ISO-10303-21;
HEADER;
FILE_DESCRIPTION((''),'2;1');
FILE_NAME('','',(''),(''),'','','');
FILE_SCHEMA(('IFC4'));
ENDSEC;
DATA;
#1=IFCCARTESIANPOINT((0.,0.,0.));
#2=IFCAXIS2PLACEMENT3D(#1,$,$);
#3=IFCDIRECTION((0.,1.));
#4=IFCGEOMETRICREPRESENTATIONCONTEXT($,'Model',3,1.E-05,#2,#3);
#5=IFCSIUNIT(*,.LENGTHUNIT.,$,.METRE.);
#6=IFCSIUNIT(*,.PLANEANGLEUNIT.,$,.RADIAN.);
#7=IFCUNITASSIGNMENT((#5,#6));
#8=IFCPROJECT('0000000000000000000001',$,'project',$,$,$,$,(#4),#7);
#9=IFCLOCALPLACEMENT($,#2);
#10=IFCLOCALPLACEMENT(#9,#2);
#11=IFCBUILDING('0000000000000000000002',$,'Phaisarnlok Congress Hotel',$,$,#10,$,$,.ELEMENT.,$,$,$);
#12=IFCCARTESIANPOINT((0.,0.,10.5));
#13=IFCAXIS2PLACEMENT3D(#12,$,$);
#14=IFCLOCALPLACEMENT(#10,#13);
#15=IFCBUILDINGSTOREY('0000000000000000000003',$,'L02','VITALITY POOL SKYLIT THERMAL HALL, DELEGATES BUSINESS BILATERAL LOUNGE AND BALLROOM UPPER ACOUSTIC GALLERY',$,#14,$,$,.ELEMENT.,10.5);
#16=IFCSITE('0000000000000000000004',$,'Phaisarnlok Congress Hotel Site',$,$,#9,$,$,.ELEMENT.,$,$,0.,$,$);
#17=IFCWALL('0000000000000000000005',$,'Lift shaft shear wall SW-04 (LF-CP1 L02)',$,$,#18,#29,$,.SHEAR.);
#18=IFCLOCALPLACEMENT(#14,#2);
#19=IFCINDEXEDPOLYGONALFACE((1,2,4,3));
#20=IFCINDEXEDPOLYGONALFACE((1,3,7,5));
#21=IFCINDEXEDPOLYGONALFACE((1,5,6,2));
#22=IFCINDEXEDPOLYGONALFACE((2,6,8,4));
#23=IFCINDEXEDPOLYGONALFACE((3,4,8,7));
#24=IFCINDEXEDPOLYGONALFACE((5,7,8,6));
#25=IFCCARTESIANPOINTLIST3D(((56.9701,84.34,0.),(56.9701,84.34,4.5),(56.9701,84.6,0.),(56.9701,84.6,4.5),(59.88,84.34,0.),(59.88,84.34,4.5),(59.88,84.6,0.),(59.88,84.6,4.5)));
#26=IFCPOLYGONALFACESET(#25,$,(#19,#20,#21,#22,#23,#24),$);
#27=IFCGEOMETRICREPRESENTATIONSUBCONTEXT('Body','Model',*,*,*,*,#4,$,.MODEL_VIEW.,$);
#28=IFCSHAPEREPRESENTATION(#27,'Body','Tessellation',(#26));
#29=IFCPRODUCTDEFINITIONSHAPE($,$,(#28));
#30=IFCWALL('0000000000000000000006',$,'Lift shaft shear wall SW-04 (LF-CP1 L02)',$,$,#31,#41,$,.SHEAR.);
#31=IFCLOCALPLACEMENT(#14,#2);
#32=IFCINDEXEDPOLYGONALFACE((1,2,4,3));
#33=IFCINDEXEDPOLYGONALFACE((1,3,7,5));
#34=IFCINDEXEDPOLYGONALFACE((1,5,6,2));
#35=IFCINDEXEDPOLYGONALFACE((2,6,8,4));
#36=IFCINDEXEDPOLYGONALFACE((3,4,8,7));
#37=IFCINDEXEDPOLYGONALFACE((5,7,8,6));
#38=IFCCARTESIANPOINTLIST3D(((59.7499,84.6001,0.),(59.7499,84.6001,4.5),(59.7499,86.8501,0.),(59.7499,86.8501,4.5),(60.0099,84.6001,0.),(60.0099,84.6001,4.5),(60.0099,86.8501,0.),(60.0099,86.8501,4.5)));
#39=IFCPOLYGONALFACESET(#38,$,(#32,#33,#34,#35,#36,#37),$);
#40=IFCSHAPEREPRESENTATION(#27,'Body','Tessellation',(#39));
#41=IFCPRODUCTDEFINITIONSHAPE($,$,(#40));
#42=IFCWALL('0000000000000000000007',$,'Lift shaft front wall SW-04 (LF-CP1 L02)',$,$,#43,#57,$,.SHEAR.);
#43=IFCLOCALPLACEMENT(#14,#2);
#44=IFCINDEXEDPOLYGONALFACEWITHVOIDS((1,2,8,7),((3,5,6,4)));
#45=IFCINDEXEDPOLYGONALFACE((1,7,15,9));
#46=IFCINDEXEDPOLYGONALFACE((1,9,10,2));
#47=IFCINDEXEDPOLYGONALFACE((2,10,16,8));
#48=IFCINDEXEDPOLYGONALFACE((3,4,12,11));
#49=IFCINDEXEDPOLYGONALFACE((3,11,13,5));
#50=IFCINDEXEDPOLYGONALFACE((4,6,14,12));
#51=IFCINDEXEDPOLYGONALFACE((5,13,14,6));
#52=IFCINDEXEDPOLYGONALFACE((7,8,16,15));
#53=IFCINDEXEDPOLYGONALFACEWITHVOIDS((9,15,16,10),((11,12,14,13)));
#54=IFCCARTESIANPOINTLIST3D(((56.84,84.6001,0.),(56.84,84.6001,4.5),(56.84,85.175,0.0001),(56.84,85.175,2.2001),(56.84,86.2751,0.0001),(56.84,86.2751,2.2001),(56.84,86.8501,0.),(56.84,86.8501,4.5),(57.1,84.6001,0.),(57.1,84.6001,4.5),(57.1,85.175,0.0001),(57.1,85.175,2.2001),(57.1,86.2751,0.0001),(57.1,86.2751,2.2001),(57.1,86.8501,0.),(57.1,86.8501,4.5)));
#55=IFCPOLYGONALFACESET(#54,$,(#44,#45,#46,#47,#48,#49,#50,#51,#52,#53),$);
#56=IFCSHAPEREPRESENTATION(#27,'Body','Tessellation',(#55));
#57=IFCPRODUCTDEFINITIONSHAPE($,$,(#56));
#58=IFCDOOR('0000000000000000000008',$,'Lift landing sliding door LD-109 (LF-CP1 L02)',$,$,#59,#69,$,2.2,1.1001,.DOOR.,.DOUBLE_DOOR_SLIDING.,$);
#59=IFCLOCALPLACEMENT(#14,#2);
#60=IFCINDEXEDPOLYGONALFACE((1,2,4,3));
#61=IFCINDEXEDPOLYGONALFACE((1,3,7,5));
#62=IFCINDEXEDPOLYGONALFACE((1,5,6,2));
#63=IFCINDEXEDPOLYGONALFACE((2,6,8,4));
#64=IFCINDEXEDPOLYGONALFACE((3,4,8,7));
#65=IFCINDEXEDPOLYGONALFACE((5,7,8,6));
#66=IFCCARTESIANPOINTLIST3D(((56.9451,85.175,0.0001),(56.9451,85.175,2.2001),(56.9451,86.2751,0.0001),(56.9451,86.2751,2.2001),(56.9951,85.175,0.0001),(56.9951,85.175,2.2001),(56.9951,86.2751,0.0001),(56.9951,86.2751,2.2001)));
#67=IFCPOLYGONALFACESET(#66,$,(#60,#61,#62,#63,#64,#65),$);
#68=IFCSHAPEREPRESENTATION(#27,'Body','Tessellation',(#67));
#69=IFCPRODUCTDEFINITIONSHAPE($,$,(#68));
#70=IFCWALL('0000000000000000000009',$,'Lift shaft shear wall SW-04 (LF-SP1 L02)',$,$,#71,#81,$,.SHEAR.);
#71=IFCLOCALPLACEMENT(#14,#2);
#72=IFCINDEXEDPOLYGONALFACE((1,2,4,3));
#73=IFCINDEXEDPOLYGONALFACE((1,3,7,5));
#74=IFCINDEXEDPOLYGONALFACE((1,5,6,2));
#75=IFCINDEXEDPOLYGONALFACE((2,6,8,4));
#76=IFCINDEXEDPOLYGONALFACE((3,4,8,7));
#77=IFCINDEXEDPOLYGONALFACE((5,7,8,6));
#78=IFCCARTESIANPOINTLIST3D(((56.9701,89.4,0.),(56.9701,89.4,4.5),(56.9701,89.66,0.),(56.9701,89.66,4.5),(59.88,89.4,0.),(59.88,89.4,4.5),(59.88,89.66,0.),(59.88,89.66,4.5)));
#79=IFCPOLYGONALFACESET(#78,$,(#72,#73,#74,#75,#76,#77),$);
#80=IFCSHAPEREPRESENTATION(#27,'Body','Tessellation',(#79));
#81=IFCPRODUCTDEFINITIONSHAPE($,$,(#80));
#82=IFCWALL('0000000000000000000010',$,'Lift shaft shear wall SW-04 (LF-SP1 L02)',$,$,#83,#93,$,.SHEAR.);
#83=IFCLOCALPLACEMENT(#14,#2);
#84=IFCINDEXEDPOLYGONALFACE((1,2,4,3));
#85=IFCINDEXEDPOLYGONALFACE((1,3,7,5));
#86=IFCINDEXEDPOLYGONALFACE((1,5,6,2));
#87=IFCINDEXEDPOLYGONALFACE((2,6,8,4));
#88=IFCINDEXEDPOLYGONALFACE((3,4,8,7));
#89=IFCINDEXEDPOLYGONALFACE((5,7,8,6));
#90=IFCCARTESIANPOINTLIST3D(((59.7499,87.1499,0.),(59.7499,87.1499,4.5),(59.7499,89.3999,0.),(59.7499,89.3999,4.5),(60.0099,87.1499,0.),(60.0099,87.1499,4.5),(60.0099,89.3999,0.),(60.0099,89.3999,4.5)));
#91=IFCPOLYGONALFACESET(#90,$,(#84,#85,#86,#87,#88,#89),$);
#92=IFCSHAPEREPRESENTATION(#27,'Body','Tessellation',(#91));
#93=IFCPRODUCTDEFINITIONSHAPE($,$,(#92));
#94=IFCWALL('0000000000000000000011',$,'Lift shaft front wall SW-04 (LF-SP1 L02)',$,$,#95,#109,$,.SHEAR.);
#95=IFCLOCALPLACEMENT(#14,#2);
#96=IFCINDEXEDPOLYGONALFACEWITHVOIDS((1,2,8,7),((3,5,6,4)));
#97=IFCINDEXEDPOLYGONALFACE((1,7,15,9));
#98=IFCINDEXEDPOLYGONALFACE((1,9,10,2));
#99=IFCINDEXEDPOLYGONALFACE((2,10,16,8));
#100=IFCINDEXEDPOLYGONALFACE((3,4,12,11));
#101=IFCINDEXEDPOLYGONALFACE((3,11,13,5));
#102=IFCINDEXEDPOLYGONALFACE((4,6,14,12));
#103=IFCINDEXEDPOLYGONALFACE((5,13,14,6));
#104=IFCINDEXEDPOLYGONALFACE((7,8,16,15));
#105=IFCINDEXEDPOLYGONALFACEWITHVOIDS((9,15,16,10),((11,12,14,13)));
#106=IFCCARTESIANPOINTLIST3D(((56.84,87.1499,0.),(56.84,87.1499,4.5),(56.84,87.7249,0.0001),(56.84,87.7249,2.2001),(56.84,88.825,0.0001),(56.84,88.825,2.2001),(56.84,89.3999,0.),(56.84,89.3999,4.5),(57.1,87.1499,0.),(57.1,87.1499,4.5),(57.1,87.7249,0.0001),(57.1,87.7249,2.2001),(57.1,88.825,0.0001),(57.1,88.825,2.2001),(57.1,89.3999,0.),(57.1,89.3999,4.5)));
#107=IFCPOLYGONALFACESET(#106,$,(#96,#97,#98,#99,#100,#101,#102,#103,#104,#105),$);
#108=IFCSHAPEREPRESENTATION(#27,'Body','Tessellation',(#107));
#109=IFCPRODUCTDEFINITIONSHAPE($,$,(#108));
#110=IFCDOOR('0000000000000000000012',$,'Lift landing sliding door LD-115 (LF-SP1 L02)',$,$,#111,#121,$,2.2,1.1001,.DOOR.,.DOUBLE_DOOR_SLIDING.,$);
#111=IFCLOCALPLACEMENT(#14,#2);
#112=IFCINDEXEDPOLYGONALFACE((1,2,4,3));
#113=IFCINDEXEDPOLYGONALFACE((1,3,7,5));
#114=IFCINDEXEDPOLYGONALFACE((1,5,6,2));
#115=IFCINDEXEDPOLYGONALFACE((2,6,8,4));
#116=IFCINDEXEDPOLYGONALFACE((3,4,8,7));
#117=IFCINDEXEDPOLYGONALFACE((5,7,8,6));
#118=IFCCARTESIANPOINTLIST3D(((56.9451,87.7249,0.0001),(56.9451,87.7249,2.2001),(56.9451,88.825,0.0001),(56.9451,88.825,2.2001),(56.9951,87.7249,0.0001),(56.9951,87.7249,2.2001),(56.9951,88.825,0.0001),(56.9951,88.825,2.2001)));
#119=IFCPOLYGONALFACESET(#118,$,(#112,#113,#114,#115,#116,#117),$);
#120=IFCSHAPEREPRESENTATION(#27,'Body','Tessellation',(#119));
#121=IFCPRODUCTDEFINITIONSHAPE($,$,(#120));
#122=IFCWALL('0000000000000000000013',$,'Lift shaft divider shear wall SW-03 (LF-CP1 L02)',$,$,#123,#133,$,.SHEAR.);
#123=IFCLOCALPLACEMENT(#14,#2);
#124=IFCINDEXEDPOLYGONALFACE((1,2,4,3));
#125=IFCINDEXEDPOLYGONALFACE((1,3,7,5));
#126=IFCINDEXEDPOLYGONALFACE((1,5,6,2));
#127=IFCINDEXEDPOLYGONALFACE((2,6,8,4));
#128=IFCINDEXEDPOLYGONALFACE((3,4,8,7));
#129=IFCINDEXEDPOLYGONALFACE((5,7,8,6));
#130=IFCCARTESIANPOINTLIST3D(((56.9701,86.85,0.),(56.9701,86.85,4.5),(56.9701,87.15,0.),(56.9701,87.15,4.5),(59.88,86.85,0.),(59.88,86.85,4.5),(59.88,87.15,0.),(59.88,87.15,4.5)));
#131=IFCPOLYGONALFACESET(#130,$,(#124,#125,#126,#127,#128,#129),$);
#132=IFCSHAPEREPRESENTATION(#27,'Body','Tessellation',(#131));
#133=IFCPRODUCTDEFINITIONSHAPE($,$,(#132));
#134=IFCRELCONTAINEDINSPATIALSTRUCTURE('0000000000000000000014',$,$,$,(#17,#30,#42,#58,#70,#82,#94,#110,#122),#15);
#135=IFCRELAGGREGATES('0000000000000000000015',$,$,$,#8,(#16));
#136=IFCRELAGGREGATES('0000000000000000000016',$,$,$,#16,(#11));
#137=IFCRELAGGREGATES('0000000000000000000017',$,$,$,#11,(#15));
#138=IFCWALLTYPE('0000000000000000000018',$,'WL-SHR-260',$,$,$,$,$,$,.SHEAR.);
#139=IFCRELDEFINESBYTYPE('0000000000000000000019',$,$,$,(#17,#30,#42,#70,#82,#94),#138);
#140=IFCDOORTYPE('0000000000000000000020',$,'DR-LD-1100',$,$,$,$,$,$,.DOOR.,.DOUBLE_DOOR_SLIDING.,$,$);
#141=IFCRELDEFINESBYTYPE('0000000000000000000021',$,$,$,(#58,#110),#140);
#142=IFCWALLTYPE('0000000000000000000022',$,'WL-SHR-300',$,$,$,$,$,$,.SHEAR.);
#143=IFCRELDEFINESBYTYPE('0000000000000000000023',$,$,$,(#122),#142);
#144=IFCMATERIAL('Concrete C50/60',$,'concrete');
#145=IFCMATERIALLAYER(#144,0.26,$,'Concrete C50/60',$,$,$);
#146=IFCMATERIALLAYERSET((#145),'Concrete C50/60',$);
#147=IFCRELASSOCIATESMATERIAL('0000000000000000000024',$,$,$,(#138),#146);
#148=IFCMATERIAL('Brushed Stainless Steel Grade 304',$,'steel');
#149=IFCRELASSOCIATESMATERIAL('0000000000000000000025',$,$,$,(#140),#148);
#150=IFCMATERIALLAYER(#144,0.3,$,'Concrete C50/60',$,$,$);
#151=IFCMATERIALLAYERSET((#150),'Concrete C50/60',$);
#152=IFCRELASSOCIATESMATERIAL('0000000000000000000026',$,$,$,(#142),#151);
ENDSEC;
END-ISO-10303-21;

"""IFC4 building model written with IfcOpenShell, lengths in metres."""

from ifc_helpers import new_model, si_unit, direction, frame, frame_2d, origin, place, context, subcontext, project, spatial, rectangle, extrude, material, layer, layer_set, type_object, element, fill, save


model = new_model("IFC4")

# Units and contexts
model_context = context("Model", 3, precision=1e-05, world=origin(), true_north=direction((0.0, 1.0)))
body_context = subcontext(model_context, "Body", "Model", "MODEL_VIEW")
ifc_project = project(units=[si_unit("LENGTHUNIT", "METRE"), si_unit("PLANEANGLEUNIT", "RADIAN")], contexts=[model_context])

# Site, building, storey
site_placement = place(None, origin())
site = spatial("IfcSite", under=ifc_project, at=site_placement, Name="Phaisarnlok Congress Hotel Site", CompositionType="ELEMENT", RefElevation=0.0)
building_placement = place(site_placement, origin())
building = spatial("IfcBuilding", under=site, at=building_placement, Name="Phaisarnlok Congress Hotel", CompositionType="ELEMENT")
storey_placement = place(building_placement, frame((0.0, 0.0, 10.5)))
storey = spatial("IfcBuildingStorey", under=building, at=storey_placement, Name="L02", Description="VITALITY POOL SKYLIT THERMAL HALL, DELEGATES BUSINESS BILATERAL LOUNGE AND BALLROOM UPPER ACOUSTIC GALLERY", CompositionType="ELEMENT", Elevation=10.5)

# Shared definitions
ifc_material_1 = material(Name="Concrete C50/60", Category="concrete")

# Walls
ifc_layer_1 = layer(ifc_material_1, 0.26, Name="Concrete C50/60")
ifc_layer_set_1 = layer_set([ifc_layer_1], Name="Concrete C50/60")
wall_type_1 = type_object("IfcWallType", Name="WL-SHR-260", PredefinedType="SHEAR", material=ifc_layer_set_1)
wall_1_placement = place(storey_placement, frame((56.97, 84.47, 0.0), z_axis=(0.0, 0.0, 1.0), x_axis=(1.0, 0.0, 0.0)))
element("IfcWall", 1, at=wall_1_placement, inside=storey, type_object=wall_type_1, Name="Lift shaft shear wall SW-04 (LF-CP1 L02)", PredefinedType="SHEAR", context=body_context, shape_type="SweptSolid", body=[
    extrude(rectangle(XDim=2.9099, YDim=0.26, at=frame_2d((1.4551, 0.0))), origin(), (0.0, 0.0, 1.0), 4.5),
])
wall_2_placement = place(storey_placement, frame((59.8799, 84.6001, 0.0), z_axis=(0.0, 0.0, 1.0), x_axis=(0.0, 1.0, 0.0)))
element("IfcWall", 2, at=wall_2_placement, inside=storey, type_object=wall_type_1, Name="Lift shaft shear wall SW-04 (LF-CP1 L02)", PredefinedType="SHEAR", context=body_context, shape_type="SweptSolid", body=[
    extrude(rectangle(XDim=2.25, YDim=0.26, at=frame_2d((1.125, 0.0))), origin(), (0.0, 0.0, 1.0), 4.5),
])

# Wall, opening, door
wall_3_placement = place(storey_placement, frame((56.97, 84.6001, 0.0), z_axis=(0.0, 0.0, 1.0), x_axis=(0.0, 1.0, 0.0)))
wall_3 = element("IfcWall", 3, at=wall_3_placement, inside=storey, type_object=wall_type_1, Name="Lift shaft front wall SW-04 (LF-CP1 L02)", PredefinedType="SHEAR", context=body_context, shape_type="SweptSolid", body=[
    extrude(rectangle(XDim=2.25, YDim=0.26, at=frame_2d((1.125, 0.0))), origin(), (0.0, 0.0, 1.0), 4.5),
])
opening_1_placement = place(wall_3_placement, frame((0.575, 0.0, 0.0)))
opening_1 = element("IfcOpeningElement", 4, at=opening_1_placement, cuts=wall_3, PredefinedType="OPENING", context=body_context, shape_type="SweptSolid", body=[
    extrude(rectangle(XDim=1.1001, YDim=2.2, at=frame_2d((0.55, 1.1001))), frame((0.0, 0.1401, 0.0), z_axis=(0.0, -1.0, 0.0), x_axis=(1.0, 0.0, 0.0)), (0.0, 0.0, 1.0), 0.28),
])
ifc_material_2 = material(Name="Brushed Stainless Steel Grade 304", Category="steel")
door_type_1 = type_object("IfcDoorType", Name="DR-LD-1100", OperationType="DOUBLE_DOOR_SLIDING", PredefinedType="DOOR", material=ifc_material_2)
door_1_placement = place(opening_1_placement, origin())
door_1 = element("IfcDoor", 5, at=door_1_placement, inside=storey, type_object=door_type_1, Name="Lift landing sliding door LD-109 (LF-CP1 L02)", OperationType="DOUBLE_DOOR_SLIDING", OverallHeight=2.2, OverallWidth=1.1001, PredefinedType="DOOR", context=body_context, shape_type="SweptSolid", body=[
    extrude(rectangle(XDim=1.1001, YDim=2.2, at=frame_2d((0.55, 1.1001))), frame((0.0, 0.0249, 0.0), z_axis=(0.0, -1.0, 0.0), x_axis=(1.0, 0.0, 0.0)), (0.0, 0.0, 1.0), 0.05),
])
fill(opening_1, door_1)

# Walls
wall_4_placement = place(storey_placement, frame((56.97, 89.53, 0.0), z_axis=(0.0, 0.0, 1.0), x_axis=(1.0, 0.0, 0.0)))
element("IfcWall", 6, at=wall_4_placement, inside=storey, type_object=wall_type_1, Name="Lift shaft shear wall SW-04 (LF-SP1 L02)", PredefinedType="SHEAR", context=body_context, shape_type="SweptSolid", body=[
    extrude(rectangle(XDim=2.9099, YDim=0.26, at=frame_2d((1.4551, 0.0))), origin(), (0.0, 0.0, 1.0), 4.5),
])
wall_5_placement = place(storey_placement, frame((59.8799, 87.1499, 0.0), z_axis=(0.0, 0.0, 1.0), x_axis=(0.0, 1.0, 0.0)))
element("IfcWall", 7, at=wall_5_placement, inside=storey, type_object=wall_type_1, Name="Lift shaft shear wall SW-04 (LF-SP1 L02)", PredefinedType="SHEAR", context=body_context, shape_type="SweptSolid", body=[
    extrude(rectangle(XDim=2.25, YDim=0.26, at=frame_2d((1.125, 0.0))), origin(), (0.0, 0.0, 1.0), 4.5),
])

# Wall, opening, door
wall_6_placement = place(storey_placement, frame((56.97, 87.1499, 0.0), z_axis=(0.0, 0.0, 1.0), x_axis=(0.0, 1.0, 0.0)))
wall_6 = element("IfcWall", 8, at=wall_6_placement, inside=storey, type_object=wall_type_1, Name="Lift shaft front wall SW-04 (LF-SP1 L02)", PredefinedType="SHEAR", context=body_context, shape_type="SweptSolid", body=[
    extrude(rectangle(XDim=2.25, YDim=0.26, at=frame_2d((1.125, 0.0))), origin(), (0.0, 0.0, 1.0), 4.5),
])
opening_2_placement = place(wall_6_placement, frame((0.575, 0.0, 0.0)))
opening_2 = element("IfcOpeningElement", 9, at=opening_2_placement, cuts=wall_6, PredefinedType="OPENING", context=body_context, shape_type="SweptSolid", body=[
    extrude(rectangle(XDim=1.1001, YDim=2.2, at=frame_2d((0.55, 1.1001))), frame((0.0, 0.1401, 0.0), z_axis=(0.0, -1.0, 0.0), x_axis=(1.0, 0.0, 0.0)), (0.0, 0.0, 1.0), 0.28),
])
door_2_placement = place(opening_2_placement, origin())
door_2 = element("IfcDoor", 10, at=door_2_placement, inside=storey, type_object=door_type_1, Name="Lift landing sliding door LD-115 (LF-SP1 L02)", OperationType="DOUBLE_DOOR_SLIDING", OverallHeight=2.2, OverallWidth=1.1001, PredefinedType="DOOR", context=body_context, shape_type="SweptSolid", body=[
    extrude(rectangle(XDim=1.1001, YDim=2.2, at=frame_2d((0.55, 1.1001))), frame((0.0, 0.0249, 0.0), z_axis=(0.0, -1.0, 0.0), x_axis=(1.0, 0.0, 0.0)), (0.0, 0.0, 1.0), 0.05),
])
fill(opening_2, door_2)

# Wall
ifc_layer_2 = layer(ifc_material_1, 0.3, Name="Concrete C50/60")
ifc_layer_set_2 = layer_set([ifc_layer_2], Name="Concrete C50/60")
wall_type_2 = type_object("IfcWallType", Name="WL-SHR-300", PredefinedType="SHEAR", material=ifc_layer_set_2)
wall_7_placement = place(storey_placement, frame((56.97, 87.0, 0.0), z_axis=(0.0, 0.0, 1.0), x_axis=(1.0, 0.0, 0.0)))
element("IfcWall", 11, at=wall_7_placement, inside=storey, type_object=wall_type_2, Name="Lift shaft divider shear wall SW-03 (LF-CP1 L02)", PredefinedType="SHEAR", context=body_context, shape_type="SweptSolid", body=[
    extrude(rectangle(XDim=2.9099, YDim=0.3, at=frame_2d((1.4551, 0.0))), origin(), (0.0, 0.0, 1.0), 4.5),
])

save(model, "model.ifc")
